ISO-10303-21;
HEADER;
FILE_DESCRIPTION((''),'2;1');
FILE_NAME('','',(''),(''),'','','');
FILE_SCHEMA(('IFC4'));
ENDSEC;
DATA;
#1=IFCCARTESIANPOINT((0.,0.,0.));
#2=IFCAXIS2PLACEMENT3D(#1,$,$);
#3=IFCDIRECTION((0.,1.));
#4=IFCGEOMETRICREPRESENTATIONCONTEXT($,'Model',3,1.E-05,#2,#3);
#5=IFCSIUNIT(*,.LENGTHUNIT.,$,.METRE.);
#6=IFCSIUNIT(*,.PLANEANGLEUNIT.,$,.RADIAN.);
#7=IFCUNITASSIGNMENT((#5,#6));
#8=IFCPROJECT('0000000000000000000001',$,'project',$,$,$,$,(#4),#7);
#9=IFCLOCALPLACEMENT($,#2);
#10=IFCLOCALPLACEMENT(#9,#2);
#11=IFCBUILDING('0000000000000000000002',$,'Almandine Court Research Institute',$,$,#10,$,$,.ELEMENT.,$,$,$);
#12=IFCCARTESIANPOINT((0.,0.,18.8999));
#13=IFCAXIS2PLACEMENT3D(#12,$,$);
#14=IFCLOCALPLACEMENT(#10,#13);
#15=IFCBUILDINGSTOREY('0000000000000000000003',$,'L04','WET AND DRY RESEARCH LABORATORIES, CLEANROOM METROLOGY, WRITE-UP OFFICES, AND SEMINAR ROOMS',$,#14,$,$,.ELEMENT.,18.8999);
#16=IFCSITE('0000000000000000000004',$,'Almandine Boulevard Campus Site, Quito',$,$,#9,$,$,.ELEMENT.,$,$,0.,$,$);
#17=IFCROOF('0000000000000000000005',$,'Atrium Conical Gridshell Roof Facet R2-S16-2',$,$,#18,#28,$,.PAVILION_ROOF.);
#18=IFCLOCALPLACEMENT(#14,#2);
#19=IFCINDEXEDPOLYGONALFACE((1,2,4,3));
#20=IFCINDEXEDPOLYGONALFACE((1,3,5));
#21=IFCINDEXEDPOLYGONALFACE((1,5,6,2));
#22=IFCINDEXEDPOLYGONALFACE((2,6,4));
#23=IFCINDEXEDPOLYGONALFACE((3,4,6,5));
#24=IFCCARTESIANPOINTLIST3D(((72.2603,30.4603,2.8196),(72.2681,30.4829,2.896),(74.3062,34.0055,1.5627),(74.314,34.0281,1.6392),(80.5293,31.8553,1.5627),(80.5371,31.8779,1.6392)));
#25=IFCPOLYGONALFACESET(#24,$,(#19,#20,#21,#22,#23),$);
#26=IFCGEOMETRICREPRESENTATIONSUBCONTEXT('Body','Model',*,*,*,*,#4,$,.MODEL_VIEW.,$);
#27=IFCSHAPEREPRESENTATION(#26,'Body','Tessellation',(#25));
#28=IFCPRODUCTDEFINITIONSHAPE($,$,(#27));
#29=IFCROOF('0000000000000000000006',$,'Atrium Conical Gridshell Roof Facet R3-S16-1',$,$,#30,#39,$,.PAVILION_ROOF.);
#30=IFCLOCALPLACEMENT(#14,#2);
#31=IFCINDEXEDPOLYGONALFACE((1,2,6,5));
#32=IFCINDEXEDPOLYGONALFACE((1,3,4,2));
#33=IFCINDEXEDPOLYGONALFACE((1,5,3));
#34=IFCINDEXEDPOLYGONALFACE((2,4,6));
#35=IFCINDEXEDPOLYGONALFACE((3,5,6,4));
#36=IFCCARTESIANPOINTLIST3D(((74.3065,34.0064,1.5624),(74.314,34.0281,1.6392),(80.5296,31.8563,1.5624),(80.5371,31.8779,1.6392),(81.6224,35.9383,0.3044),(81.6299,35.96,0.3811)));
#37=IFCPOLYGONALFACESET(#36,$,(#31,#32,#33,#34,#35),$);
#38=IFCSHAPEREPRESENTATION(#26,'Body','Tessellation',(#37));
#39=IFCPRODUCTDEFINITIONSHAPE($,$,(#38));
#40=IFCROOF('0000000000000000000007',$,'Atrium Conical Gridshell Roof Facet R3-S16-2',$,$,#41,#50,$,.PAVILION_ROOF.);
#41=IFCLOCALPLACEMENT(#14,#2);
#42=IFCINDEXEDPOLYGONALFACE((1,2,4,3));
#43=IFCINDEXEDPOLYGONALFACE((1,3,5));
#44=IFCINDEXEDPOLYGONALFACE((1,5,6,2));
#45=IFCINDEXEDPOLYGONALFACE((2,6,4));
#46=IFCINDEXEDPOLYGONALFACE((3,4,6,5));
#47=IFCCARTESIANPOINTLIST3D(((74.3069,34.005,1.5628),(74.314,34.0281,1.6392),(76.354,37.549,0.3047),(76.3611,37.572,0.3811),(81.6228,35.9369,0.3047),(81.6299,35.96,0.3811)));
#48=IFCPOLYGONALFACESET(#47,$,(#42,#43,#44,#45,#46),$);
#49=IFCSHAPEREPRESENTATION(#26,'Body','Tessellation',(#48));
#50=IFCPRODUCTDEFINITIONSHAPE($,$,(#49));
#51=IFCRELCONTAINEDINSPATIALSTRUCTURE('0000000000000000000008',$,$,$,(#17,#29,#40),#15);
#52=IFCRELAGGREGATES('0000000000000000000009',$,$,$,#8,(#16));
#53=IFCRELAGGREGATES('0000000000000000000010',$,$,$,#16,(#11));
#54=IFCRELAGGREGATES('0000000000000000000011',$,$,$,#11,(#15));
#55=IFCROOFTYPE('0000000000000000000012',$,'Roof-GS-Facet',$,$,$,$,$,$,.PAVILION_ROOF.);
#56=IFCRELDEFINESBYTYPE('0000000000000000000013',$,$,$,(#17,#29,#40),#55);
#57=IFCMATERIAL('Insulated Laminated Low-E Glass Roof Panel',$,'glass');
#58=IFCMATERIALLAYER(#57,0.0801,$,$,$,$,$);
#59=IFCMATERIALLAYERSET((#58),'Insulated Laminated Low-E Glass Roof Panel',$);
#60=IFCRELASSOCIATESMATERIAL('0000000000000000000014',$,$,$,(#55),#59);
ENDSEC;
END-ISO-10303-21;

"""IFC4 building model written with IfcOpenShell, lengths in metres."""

from ifc_helpers import new_model, si_unit, direction, frame, origin, place, context, subcontext, project, spatial, polyline, outline, extrude, material, layer, layer_set, type_object, element, save


model = new_model("IFC4")

# Units and contexts
model_context = context("Model", 3, precision=1e-05, world=origin(), true_north=direction((0.0, 1.0)))
body_context = subcontext(model_context, "Body", "Model", "MODEL_VIEW")
ifc_project = project(units=[si_unit("LENGTHUNIT", "METRE"), si_unit("PLANEANGLEUNIT", "RADIAN")], contexts=[model_context])

# Site, building, storey
site_placement = place(None, origin())
site = spatial("IfcSite", under=ifc_project, at=site_placement, Name="Almandine Boulevard Campus Site, Quito", CompositionType="ELEMENT", RefElevation=0.0)
building_placement = place(site_placement, origin())
building = spatial("IfcBuilding", under=site, at=building_placement, Name="Almandine Court Research Institute", CompositionType="ELEMENT")
storey_placement = place(building_placement, frame((0.0, 0.0, 18.8999)))
storey = spatial("IfcBuildingStorey", under=building, at=storey_placement, Name="L04", Description="WET AND DRY RESEARCH LABORATORIES, CLEANROOM METROLOGY, WRITE-UP OFFICES, AND SEMINAR ROOMS", CompositionType="ELEMENT", Elevation=18.8999)

# Roofs
ifc_material_1 = material(Name="Insulated Laminated Low-E Glass Roof Panel", Category="glass")
ifc_layer_1 = layer(ifc_material_1, 0.0801)
ifc_layer_set_1 = layer_set([ifc_layer_1], Name="Insulated Laminated Low-E Glass Roof Panel")
roof_type = type_object("IfcRoofType", Name="Roof-GS-Facet", PredefinedType="PAVILION_ROOF", material=ifc_layer_set_1)
roof_1_placement = place(storey_placement, frame((72.2681, 30.4829, 2.896), z_axis=(0.097472, 0.282111, 0.954418), x_axis=(0.975175, 0.164516, -0.14822)))
element("IfcRoof", 1, at=roof_1_placement, inside=storey, type_object=roof_type, Name="Atrium Conical Gridshell Roof Facet R2-S16-2", PredefinedType="PAVILION_ROOF", context=body_context, shape_type="SweptSolid", body=[
    extrude(outline(polyline([(0.0, 0.0), (8.4796, 0.0), (2.7646, 3.2696), (0.0, 0.0)])), origin(), (0.0, 0.0, -1.0), 0.0801),
])
roof_2_placement = place(storey_placement, frame((74.314, 34.0281, 1.6392), z_axis=(0.093397, 0.270318, 0.95823), x_axis=(0.945175, -0.326565, 0.0)))
element("IfcRoof", 2, at=roof_2_placement, inside=storey, type_object=roof_type, Name="Atrium Conical Gridshell Roof Facet R3-S16-1", PredefinedType="PAVILION_ROOF", context=body_context, shape_type="SweptSolid", body=[
    extrude(outline(polyline([(0.0, 0.0), (6.5841, 0.0), (6.2839, 4.3988), (0.0, 0.0)])), origin(), (0.0, 0.0, -1.0), 0.0801),
])
roof_3_placement = place(storey_placement, frame((74.314, 34.0281, 1.6392), z_axis=(0.088024, 0.287694, 0.953669), x_axis=(0.953765, 0.251857, -0.164011)))
element("IfcRoof", 3, at=roof_3_placement, inside=storey, type_object=roof_type, Name="Atrium Conical Gridshell Roof Facet R3-S16-2", PredefinedType="PAVILION_ROOF", context=body_context, shape_type="SweptSolid", body=[
    extrude(outline(polyline([(0.0, 0.0), (7.6706, 0.0), (3.0514, 3.0037), (0.0, 0.0)])), origin(), (0.0, 0.0, -1.0), 0.0801),
])

save(model, "model.ifc")
